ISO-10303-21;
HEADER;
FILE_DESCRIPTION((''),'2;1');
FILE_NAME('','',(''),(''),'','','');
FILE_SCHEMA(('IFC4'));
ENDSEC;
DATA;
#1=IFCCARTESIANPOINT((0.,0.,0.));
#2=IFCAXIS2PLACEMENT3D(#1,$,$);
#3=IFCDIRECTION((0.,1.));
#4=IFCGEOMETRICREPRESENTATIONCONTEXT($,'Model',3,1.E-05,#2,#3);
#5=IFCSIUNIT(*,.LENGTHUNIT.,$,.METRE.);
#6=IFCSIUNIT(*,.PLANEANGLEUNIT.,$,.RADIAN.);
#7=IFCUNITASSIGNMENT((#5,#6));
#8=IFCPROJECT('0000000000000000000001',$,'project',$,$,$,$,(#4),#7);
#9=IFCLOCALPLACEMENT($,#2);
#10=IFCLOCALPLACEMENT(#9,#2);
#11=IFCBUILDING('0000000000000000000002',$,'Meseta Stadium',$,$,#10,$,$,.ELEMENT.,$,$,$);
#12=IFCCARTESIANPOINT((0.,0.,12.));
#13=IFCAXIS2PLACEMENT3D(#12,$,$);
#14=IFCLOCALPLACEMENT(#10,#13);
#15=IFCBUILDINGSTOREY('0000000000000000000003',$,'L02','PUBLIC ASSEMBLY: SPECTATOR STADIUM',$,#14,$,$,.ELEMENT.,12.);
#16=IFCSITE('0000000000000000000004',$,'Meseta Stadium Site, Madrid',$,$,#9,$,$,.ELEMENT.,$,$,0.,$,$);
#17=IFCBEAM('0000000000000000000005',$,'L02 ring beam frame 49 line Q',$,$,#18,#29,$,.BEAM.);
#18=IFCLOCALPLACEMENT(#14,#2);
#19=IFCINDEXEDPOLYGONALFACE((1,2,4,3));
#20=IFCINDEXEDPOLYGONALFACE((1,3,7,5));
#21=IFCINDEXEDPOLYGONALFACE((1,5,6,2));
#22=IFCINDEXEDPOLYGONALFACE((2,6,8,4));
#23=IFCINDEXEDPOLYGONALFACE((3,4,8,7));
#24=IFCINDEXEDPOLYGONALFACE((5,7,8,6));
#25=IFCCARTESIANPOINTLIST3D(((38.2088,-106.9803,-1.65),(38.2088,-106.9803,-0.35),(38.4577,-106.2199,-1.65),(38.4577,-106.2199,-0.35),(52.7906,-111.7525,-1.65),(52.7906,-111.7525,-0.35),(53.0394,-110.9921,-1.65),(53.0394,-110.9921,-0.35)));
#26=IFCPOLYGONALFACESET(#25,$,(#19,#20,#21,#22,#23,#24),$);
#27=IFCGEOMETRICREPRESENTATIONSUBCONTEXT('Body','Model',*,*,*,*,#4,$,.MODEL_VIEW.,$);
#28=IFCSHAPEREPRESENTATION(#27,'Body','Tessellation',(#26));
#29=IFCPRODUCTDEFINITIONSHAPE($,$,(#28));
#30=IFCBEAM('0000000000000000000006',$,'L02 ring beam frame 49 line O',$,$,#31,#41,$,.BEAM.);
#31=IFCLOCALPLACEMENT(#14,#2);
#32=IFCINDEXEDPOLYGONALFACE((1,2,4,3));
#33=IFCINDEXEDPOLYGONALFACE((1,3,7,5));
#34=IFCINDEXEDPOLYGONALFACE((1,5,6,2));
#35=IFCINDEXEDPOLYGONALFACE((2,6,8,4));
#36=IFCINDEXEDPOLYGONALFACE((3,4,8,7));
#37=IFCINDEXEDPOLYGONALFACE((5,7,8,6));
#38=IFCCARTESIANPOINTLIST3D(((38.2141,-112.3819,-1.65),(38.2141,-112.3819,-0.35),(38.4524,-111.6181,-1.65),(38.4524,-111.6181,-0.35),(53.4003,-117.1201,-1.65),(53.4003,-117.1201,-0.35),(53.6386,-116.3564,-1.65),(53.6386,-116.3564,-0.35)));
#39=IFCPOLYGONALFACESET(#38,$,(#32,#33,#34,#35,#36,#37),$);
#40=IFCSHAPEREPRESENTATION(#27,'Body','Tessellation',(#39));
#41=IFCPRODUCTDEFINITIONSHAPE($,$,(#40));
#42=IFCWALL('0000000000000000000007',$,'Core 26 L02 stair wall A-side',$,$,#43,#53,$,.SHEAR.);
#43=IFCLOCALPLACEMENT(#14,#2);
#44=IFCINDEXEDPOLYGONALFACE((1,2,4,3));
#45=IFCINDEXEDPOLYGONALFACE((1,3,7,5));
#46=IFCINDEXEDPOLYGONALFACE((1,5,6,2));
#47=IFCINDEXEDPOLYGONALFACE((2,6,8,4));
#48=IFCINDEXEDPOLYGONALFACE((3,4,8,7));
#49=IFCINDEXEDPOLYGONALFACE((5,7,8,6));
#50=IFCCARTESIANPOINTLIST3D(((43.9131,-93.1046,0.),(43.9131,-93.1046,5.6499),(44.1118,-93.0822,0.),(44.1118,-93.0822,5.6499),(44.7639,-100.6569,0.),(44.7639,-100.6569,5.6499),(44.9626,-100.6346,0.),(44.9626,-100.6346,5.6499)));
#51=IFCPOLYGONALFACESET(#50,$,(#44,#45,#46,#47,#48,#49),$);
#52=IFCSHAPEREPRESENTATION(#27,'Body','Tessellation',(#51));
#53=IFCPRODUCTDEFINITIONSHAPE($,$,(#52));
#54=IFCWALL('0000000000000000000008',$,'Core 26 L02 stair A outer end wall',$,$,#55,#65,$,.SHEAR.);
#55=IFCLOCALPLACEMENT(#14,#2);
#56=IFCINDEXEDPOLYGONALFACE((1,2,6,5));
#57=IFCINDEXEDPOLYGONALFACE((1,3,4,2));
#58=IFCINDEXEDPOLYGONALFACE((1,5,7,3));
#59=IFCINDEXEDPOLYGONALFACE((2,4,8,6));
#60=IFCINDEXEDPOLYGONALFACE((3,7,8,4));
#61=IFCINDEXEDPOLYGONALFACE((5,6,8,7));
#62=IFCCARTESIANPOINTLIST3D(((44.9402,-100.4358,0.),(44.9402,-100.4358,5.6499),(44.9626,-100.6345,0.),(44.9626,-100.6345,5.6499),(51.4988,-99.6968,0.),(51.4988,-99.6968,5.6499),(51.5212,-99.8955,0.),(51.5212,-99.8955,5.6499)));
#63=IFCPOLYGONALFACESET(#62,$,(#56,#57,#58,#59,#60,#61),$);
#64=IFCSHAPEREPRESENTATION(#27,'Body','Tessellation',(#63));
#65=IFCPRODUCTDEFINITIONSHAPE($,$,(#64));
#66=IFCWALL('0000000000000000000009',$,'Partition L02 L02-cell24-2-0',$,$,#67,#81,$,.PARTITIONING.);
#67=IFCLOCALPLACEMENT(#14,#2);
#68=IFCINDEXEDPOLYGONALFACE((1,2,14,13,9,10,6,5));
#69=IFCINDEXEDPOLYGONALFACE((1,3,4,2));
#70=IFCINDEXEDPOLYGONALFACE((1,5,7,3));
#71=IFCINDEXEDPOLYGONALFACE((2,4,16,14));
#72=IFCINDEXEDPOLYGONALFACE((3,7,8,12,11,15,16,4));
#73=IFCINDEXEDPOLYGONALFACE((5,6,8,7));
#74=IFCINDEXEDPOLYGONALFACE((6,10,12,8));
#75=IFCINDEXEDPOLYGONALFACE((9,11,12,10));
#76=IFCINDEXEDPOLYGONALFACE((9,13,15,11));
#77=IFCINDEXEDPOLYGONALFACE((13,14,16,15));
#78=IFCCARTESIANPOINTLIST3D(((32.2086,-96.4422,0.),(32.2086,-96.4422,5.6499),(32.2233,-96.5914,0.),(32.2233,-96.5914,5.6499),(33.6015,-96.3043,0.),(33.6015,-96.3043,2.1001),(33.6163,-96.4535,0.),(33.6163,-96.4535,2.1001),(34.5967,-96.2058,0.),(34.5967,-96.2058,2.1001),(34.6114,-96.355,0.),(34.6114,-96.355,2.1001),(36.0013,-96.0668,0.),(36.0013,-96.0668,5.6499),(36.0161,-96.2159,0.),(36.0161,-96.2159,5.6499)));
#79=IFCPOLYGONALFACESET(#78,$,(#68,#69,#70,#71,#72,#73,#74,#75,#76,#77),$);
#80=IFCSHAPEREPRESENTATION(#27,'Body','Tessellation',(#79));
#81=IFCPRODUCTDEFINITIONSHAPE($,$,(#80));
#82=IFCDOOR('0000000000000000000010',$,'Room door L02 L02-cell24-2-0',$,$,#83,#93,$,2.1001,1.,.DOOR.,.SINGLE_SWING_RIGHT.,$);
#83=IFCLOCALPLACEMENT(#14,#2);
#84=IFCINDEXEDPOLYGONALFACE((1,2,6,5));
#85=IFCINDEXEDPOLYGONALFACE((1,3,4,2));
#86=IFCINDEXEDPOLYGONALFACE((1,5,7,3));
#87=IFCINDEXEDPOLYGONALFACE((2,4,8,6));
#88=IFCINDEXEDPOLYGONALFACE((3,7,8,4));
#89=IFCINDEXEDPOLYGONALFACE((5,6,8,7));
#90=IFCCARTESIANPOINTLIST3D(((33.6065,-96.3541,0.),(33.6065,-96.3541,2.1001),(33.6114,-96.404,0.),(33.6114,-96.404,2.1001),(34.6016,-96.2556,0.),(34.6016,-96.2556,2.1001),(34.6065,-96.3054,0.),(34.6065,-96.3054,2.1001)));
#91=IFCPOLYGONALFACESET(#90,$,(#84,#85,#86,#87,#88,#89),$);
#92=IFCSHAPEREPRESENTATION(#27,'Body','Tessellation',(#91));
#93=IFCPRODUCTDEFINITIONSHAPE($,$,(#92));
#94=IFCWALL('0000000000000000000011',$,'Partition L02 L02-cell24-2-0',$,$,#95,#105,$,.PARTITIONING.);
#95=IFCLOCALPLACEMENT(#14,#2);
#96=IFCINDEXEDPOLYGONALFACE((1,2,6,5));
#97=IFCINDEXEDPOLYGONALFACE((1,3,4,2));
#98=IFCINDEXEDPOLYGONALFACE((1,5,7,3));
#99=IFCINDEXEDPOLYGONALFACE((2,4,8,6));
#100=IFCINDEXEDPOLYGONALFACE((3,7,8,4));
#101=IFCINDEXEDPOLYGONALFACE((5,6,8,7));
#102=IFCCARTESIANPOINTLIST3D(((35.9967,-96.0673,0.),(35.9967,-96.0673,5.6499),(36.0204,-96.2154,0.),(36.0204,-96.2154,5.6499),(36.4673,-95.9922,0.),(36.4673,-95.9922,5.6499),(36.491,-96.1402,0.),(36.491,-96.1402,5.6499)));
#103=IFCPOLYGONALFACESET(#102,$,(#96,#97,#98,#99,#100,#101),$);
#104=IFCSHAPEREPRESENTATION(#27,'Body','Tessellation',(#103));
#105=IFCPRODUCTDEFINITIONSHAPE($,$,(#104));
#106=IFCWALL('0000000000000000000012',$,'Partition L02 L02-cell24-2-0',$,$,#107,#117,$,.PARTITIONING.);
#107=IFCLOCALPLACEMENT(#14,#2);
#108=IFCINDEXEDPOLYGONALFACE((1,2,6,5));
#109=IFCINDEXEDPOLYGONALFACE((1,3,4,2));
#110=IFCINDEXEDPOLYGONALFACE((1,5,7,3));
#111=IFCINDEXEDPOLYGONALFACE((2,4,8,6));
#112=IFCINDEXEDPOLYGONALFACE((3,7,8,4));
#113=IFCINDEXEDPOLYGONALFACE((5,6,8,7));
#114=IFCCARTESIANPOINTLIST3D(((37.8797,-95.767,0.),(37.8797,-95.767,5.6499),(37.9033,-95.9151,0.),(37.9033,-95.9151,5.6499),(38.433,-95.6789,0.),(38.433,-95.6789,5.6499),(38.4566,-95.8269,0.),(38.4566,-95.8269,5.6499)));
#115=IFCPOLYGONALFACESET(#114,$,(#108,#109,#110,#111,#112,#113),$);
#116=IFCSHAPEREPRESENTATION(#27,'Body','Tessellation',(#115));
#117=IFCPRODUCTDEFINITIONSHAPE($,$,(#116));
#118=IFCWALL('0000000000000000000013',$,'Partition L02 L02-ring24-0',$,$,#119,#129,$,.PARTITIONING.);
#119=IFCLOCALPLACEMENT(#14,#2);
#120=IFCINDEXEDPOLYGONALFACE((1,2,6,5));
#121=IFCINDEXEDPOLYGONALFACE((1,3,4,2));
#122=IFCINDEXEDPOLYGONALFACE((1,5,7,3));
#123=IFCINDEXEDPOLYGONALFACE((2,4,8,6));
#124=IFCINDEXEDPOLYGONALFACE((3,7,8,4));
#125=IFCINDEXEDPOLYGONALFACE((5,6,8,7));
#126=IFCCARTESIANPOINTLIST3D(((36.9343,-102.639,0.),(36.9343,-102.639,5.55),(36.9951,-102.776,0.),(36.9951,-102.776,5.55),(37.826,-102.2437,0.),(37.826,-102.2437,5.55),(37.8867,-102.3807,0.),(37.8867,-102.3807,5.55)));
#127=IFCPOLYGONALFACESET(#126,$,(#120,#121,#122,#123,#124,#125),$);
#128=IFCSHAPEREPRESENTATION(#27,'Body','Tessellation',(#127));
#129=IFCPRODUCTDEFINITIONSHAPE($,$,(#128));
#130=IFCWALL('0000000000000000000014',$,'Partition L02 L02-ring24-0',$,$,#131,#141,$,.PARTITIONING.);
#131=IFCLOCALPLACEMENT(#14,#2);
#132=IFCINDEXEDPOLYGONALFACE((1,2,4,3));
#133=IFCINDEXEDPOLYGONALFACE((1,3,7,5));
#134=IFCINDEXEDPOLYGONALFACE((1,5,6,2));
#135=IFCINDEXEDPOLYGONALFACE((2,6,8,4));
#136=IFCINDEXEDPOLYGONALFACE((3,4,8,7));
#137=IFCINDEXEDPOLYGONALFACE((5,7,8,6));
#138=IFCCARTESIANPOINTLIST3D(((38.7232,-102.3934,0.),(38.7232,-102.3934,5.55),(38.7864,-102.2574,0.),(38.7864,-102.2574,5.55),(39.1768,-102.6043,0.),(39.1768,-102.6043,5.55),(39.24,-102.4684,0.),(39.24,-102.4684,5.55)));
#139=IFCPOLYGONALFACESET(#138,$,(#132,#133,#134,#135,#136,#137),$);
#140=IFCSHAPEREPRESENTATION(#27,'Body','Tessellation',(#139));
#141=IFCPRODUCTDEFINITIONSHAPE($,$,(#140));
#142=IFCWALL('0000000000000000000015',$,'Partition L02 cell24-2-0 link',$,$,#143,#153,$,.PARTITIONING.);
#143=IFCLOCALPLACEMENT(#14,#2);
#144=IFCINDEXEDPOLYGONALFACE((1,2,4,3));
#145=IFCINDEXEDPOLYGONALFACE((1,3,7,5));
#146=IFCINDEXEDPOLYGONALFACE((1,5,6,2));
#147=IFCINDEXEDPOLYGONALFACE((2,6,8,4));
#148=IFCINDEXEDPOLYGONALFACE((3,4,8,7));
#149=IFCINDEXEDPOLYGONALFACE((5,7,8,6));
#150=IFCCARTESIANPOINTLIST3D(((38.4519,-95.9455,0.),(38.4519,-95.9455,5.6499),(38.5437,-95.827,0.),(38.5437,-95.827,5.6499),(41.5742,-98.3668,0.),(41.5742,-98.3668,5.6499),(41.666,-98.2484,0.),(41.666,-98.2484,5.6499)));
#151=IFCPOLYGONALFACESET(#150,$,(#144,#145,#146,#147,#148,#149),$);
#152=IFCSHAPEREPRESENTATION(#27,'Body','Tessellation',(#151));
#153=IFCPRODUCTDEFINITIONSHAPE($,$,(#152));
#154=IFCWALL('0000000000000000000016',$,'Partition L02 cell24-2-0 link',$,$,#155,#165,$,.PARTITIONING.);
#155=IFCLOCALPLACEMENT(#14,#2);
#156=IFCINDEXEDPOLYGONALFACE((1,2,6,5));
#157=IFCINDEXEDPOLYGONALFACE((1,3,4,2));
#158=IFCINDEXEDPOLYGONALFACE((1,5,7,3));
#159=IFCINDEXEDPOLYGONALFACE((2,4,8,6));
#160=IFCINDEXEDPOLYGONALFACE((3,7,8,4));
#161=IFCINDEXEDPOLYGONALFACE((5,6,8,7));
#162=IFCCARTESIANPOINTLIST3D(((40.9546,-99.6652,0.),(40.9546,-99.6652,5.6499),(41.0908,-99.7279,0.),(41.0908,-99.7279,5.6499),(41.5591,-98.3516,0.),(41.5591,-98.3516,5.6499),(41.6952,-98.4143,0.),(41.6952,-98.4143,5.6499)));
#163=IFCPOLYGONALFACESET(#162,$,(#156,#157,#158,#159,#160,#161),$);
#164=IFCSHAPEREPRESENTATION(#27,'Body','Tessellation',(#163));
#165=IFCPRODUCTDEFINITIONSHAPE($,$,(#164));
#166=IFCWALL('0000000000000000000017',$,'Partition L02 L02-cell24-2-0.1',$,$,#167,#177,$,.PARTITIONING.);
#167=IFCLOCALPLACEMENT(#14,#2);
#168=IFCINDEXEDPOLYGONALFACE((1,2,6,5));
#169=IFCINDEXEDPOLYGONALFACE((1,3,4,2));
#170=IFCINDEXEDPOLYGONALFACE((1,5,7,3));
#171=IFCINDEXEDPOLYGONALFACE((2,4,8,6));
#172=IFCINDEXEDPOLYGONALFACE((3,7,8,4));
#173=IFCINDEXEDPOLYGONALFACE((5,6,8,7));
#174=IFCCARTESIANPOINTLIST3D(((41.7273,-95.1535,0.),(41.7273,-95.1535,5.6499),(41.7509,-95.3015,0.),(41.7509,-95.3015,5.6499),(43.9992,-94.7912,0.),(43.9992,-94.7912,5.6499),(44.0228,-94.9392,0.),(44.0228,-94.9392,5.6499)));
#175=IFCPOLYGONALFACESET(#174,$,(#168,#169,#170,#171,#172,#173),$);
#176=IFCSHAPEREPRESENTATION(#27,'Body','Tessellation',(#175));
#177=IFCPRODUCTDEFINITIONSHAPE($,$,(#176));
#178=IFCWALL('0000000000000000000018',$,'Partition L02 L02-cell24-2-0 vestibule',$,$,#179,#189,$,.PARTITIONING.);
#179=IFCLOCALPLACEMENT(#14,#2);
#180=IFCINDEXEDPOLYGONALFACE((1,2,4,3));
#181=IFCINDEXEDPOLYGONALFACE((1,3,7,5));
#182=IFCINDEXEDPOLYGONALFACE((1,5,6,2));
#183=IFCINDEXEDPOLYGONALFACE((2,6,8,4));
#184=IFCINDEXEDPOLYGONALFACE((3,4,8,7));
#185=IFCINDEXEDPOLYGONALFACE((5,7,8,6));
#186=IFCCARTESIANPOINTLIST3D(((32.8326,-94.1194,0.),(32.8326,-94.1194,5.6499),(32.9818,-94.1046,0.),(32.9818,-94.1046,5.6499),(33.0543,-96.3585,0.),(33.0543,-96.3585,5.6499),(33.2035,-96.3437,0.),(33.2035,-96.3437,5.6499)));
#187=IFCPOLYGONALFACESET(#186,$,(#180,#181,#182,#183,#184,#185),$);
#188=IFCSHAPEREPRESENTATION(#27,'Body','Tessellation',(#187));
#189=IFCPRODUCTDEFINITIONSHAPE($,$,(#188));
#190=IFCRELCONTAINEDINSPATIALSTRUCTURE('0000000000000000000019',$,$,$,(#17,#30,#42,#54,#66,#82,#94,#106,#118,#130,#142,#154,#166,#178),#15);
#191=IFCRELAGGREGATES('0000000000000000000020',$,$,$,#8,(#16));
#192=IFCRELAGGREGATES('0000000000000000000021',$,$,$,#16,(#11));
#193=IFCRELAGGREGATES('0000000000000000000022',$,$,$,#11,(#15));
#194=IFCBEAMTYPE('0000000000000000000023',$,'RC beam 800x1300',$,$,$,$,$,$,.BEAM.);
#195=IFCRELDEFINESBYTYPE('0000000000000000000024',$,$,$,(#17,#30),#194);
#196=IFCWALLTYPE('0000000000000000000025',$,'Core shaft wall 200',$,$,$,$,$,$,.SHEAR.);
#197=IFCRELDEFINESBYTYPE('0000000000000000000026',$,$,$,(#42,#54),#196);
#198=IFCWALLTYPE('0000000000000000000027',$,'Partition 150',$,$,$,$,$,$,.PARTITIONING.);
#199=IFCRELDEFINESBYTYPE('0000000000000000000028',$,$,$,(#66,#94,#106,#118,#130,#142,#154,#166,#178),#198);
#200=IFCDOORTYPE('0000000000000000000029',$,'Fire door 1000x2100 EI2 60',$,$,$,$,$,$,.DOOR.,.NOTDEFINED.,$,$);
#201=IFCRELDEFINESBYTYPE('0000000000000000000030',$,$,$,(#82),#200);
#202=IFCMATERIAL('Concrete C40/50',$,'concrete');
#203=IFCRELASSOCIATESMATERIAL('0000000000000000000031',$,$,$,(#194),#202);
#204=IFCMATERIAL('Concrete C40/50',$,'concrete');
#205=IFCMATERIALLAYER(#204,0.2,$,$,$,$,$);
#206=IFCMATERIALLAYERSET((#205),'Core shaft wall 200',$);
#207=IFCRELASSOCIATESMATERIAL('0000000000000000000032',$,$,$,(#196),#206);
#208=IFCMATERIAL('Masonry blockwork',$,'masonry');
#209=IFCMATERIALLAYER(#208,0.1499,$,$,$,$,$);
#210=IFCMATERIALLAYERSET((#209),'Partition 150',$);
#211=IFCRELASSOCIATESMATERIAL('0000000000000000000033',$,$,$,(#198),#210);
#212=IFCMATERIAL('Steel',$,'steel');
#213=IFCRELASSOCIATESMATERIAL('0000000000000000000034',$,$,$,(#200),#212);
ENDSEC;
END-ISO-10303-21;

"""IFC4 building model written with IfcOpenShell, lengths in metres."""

from ifc_helpers import new_model, si_unit, direction, frame, frame_2d, origin, origin_2d, place, context, subcontext, project, spatial, rectangle, extrude, material, layer, layer_set, material_profile, profile_set, type_object, element, fill, save


model = new_model("IFC4")

# Units and contexts
model_context = context("Model", 3, precision=1e-05, world=origin(), true_north=direction((0.0, 1.0)))
body_context = subcontext(model_context, "Body", "Model", "MODEL_VIEW")
ifc_project = project(units=[si_unit("LENGTHUNIT", "METRE"), si_unit("PLANEANGLEUNIT", "RADIAN")], contexts=[model_context])

# Site, building, storey
site_placement = place(None, origin())
site = spatial("IfcSite", under=ifc_project, at=site_placement, Name="Meseta Stadium Site, Madrid", CompositionType="ELEMENT", RefElevation=0.0)
building_placement = place(site_placement, origin())
building = spatial("IfcBuilding", under=site, at=building_placement, Name="Meseta Stadium", CompositionType="ELEMENT")
storey_placement = place(building_placement, frame((0.0, 0.0, 12.0)))
storey = spatial("IfcBuildingStorey", under=building, at=storey_placement, Name="L02", Description="PUBLIC ASSEMBLY: SPECTATOR STADIUM", CompositionType="ELEMENT", Elevation=12.0)

# Beams
ifc_material_1 = material(Name="Concrete C40/50", Category="concrete")
ifc_material_profile_1 = material_profile(ifc_material_1, rectangle(XDim=0.8, YDim=1.3, at=origin_2d()), Name="RC 800x1300")
ifc_profile_set_1 = profile_set([ifc_material_profile_1], Name="Concrete C40/50")
beam_type_1 = type_object("IfcBeamType", Name="RC beam 800x1300", PredefinedType="BEAM", material=ifc_profile_set_1)
beam_1_placement = place(storey_placement, frame((38.3333, -106.6001, -1.0), z_axis=(0.950397, -0.311039, 0.0), x_axis=(0.311039, 0.950397, 0.0)))
element("IfcBeam", 1, at=beam_1_placement, inside=storey, type_object=beam_type_1, Name="L02 ring beam frame 49 line Q", PredefinedType="BEAM", context=body_context, shape_type="SweptSolid", body=[
    extrude(rectangle(XDim=0.8, YDim=1.3, at=origin_2d()), origin(), (0.0, 0.0, 1.0), 15.3428),
])
beam_2_placement = place(storey_placement, frame((38.3333, -112.0, -1.0), z_axis=(0.954613, -0.297849, 0.0), x_axis=(0.297849, 0.954613, 0.0)))
element("IfcBeam", 2, at=beam_2_placement, inside=storey, type_object=beam_type_1, Name="L02 ring beam frame 49 line O", PredefinedType="BEAM", context=body_context, shape_type="SweptSolid", body=[
    extrude(rectangle(XDim=0.8, YDim=1.3, at=origin_2d()), origin(), (0.0, 0.0, 1.0), 15.9082),
])

# Walls
ifc_material_2 = material(Name="Concrete C40/50", Category="concrete")
ifc_layer_1 = layer(ifc_material_2, 0.2)
ifc_layer_set_1 = layer_set([ifc_layer_1], Name="Core shaft wall 200")
wall_type_1 = type_object("IfcWallType", Name="Core shaft wall 200", PredefinedType="SHEAR", material=ifc_layer_set_1)
wall_1_placement = place(storey_placement, frame((44.8633, -100.6458, 0.0), z_axis=(0.0, 0.0, 1.0), x_axis=(-0.111951, 0.993714, 0.0)))
element("IfcWall", 3, at=wall_1_placement, inside=storey, type_object=wall_type_1, Name="Core 26 L02 stair wall A-side", PredefinedType="SHEAR", context=body_context, shape_type="SweptSolid", body=[
    extrude(rectangle(XDim=7.6001, YDim=0.2, at=frame_2d((3.8, 0.0))), origin(), (0.0, 0.0, 1.0), 5.6499),
])
wall_2_placement = place(storey_placement, frame((44.9514, -100.5352, 0.0), z_axis=(0.0, 0.0, 1.0), x_axis=(0.993712, 0.11197, 0.0)))
element("IfcWall", 4, at=wall_2_placement, inside=storey, type_object=wall_type_1, Name="Core 26 L02 stair A outer end wall", PredefinedType="SHEAR", context=body_context, shape_type="SweptSolid", body=[
    extrude(rectangle(XDim=6.6001, YDim=0.2, at=frame_2d((3.3, 0.0))), origin(), (0.0, 0.0, 1.0), 5.6499),
])

# Wall, opening, door
ifc_material_3 = material(Name="Masonry blockwork", Category="masonry")
ifc_layer_2 = layer(ifc_material_3, 0.1499)
ifc_layer_set_2 = layer_set([ifc_layer_2], Name="Partition 150")
wall_type_2 = type_object("IfcWallType", Name="Partition 150", PredefinedType="PARTITIONING", material=ifc_layer_set_2)
wall_3_placement = place(storey_placement, frame((32.2158, -96.5168, 0.0), z_axis=(0.0, 0.0, 1.0), x_axis=(0.995135, 0.098521, 0.0)))
wall_3 = element("IfcWall", 5, at=wall_3_placement, inside=storey, type_object=wall_type_2, Name="Partition L02 L02-cell24-2-0", PredefinedType="PARTITIONING", context=body_context, shape_type="SweptSolid", body=[
    extrude(rectangle(XDim=3.8113, YDim=0.1499, at=frame_2d((1.9058, 0.0))), origin(), (0.0, 0.0, 1.0), 5.6499),
])
opening_placement = place(wall_3_placement, frame((1.3999, 0.0, 0.0)))
opening = element("IfcOpeningElement", 6, at=opening_placement, cuts=wall_3, PredefinedType="OPENING", context=body_context, shape_type="SweptSolid", body=[
    extrude(rectangle(XDim=1.0, YDim=2.1001, at=frame_2d((0.5, 1.05))), frame((0.0, 0.085, 0.0), z_axis=(0.0, -1.0, 0.0), x_axis=(1.0, 0.0, 0.0)), (0.0, 0.0, 1.0), 0.1699),
])
ifc_material_4 = material(Name="Steel", Category="steel")
door_type = type_object("IfcDoorType", Name="Fire door 1000x2100 EI2 60", OperationType="NOTDEFINED", PredefinedType="DOOR", material=ifc_material_4)
door_placement = place(opening_placement, origin())
door = element("IfcDoor", 7, at=door_placement, inside=storey, type_object=door_type, Name="Room door L02 L02-cell24-2-0", OperationType="SINGLE_SWING_RIGHT", OverallHeight=2.1001, OverallWidth=1.0, PredefinedType="DOOR", context=body_context, shape_type="SweptSolid", body=[
    extrude(rectangle(XDim=1.0, YDim=2.1001, at=frame_2d((0.5, 1.05))), frame((0.0, 0.0249, 0.0), z_axis=(0.0, -1.0, 0.0), x_axis=(1.0, 0.0, 0.0)), (0.0, 0.0, 1.0), 0.05),
])
fill(opening, door)

# Walls
wall_4_placement = place(storey_placement, frame((36.0085, -96.1414, 0.0), z_axis=(0.0, 0.0, 1.0), x_axis=(0.987479, 0.157751, 0.0)))
element("IfcWall", 8, at=wall_4_placement, inside=storey, type_object=wall_type_2, Name="Partition L02 L02-cell24-2-0", PredefinedType="PARTITIONING", context=body_context, shape_type="SweptSolid", body=[
    extrude(rectangle(XDim=0.4766, YDim=0.1499, at=frame_2d((0.2383, 0.0))), origin(), (0.0, 0.0, 1.0), 5.6499),
])
wall_5_placement = place(storey_placement, frame((37.8914, -95.8411, 0.0), z_axis=(0.0, 0.0, 1.0), x_axis=(0.987546, 0.157328, 0.0)))
element("IfcWall", 9, at=wall_5_placement, inside=storey, type_object=wall_type_2, Name="Partition L02 L02-cell24-2-0", PredefinedType="PARTITIONING", context=body_context, shape_type="SweptSolid", body=[
    extrude(rectangle(XDim=0.5603, YDim=0.1499, at=frame_2d((0.2803, 0.0))), origin(), (0.0, 0.0, 1.0), 5.6499),
])
wall_6_placement = place(storey_placement, frame((36.9646, -102.7075, 0.0), z_axis=(0.0, 0.0, 1.0), x_axis=(0.914193, 0.405279, 0.0)))
element("IfcWall", 10, at=wall_6_placement, inside=storey, type_object=wall_type_2, Name="Partition L02 L02-ring24-0", PredefinedType="PARTITIONING", context=body_context, shape_type="SweptSolid", body=[
    extrude(rectangle(XDim=0.9753, YDim=0.1499, at=frame_2d((0.4878, 0.0))), origin(), (0.0, 0.0, 1.0), 5.55),
])
wall_7_placement = place(storey_placement, frame((38.7549, -102.3254, 0.0), z_axis=(0.0, 0.0, 1.0), x_axis=(0.906756, -0.421656, 0.0)))
element("IfcWall", 11, at=wall_7_placement, inside=storey, type_object=wall_type_2, Name="Partition L02 L02-ring24-0", PredefinedType="PARTITIONING", context=body_context, shape_type="SweptSolid", body=[
    extrude(rectangle(XDim=0.5002, YDim=0.1499, at=frame_2d((0.25, 0.0))), origin(), (0.0, 0.0, 1.0), 5.55),
])
wall_8_placement = place(storey_placement, frame((38.4978, -95.8862, 0.0), z_axis=(0.0, 0.0, 1.0), x_axis=(0.79022, -0.612824, 0.0)))
element("IfcWall", 12, at=wall_8_placement, inside=storey, type_object=wall_type_2, Name="Partition L02 cell24-2-0 link", PredefinedType="PARTITIONING", context=body_context, shape_type="SweptSolid", body=[
    extrude(rectangle(XDim=3.9512, YDim=0.1499, at=frame_2d((1.9756, 0.0))), origin(), (0.0, 0.0, 1.0), 5.6499),
])
wall_9_placement = place(storey_placement, frame((41.6272, -98.3828, 0.0), z_axis=(0.0, 0.0, 1.0), x_axis=(-0.418009, -0.908443, 0.0)))
element("IfcWall", 13, at=wall_9_placement, inside=storey, type_object=wall_type_2, Name="Partition L02 cell24-2-0 link", PredefinedType="PARTITIONING", context=body_context, shape_type="SweptSolid", body=[
    extrude(rectangle(XDim=1.446, YDim=0.1499, at=frame_2d((0.7231, 0.0))), origin(), (0.0, 0.0, 1.0), 5.6499),
])
wall_10_placement = place(storey_placement, frame((41.739, -95.2275, 0.0), z_axis=(0.0, 0.0, 1.0), x_axis=(0.98752, 0.157494, 0.0)))
element("IfcWall", 14, at=wall_10_placement, inside=storey, type_object=wall_type_2, Name="Partition L02 L02-cell24-2-0.1", PredefinedType="PARTITIONING", context=body_context, shape_type="SweptSolid", body=[
    extrude(rectangle(XDim=2.3005, YDim=0.1499, at=frame_2d((1.1504, 0.0))), origin(), (0.0, 0.0, 1.0), 5.6499),
])
for number, where, z_axis, x_axis, name in (
    (15, (33.1289, -96.3511, 0.0), (0.0, 0.0, 1.0), (-0.098526, 0.995134, 0.0), "Partition L02 L02-cell24-2-0 vestibule"),
):
    element("IfcWall", number, at=place(storey_placement, frame(where, z_axis=z_axis, x_axis=x_axis)), inside=storey, type_object=wall_type_2, Name=name, PredefinedType="PARTITIONING", context=body_context, shape_type="SweptSolid", body=[
        extrude(rectangle(XDim=2.25, YDim=0.1499, at=frame_2d((1.125, 0.0))), origin(), (0.0, 0.0, 1.0), 5.6499),
    ])

save(model, "model.ifc")
